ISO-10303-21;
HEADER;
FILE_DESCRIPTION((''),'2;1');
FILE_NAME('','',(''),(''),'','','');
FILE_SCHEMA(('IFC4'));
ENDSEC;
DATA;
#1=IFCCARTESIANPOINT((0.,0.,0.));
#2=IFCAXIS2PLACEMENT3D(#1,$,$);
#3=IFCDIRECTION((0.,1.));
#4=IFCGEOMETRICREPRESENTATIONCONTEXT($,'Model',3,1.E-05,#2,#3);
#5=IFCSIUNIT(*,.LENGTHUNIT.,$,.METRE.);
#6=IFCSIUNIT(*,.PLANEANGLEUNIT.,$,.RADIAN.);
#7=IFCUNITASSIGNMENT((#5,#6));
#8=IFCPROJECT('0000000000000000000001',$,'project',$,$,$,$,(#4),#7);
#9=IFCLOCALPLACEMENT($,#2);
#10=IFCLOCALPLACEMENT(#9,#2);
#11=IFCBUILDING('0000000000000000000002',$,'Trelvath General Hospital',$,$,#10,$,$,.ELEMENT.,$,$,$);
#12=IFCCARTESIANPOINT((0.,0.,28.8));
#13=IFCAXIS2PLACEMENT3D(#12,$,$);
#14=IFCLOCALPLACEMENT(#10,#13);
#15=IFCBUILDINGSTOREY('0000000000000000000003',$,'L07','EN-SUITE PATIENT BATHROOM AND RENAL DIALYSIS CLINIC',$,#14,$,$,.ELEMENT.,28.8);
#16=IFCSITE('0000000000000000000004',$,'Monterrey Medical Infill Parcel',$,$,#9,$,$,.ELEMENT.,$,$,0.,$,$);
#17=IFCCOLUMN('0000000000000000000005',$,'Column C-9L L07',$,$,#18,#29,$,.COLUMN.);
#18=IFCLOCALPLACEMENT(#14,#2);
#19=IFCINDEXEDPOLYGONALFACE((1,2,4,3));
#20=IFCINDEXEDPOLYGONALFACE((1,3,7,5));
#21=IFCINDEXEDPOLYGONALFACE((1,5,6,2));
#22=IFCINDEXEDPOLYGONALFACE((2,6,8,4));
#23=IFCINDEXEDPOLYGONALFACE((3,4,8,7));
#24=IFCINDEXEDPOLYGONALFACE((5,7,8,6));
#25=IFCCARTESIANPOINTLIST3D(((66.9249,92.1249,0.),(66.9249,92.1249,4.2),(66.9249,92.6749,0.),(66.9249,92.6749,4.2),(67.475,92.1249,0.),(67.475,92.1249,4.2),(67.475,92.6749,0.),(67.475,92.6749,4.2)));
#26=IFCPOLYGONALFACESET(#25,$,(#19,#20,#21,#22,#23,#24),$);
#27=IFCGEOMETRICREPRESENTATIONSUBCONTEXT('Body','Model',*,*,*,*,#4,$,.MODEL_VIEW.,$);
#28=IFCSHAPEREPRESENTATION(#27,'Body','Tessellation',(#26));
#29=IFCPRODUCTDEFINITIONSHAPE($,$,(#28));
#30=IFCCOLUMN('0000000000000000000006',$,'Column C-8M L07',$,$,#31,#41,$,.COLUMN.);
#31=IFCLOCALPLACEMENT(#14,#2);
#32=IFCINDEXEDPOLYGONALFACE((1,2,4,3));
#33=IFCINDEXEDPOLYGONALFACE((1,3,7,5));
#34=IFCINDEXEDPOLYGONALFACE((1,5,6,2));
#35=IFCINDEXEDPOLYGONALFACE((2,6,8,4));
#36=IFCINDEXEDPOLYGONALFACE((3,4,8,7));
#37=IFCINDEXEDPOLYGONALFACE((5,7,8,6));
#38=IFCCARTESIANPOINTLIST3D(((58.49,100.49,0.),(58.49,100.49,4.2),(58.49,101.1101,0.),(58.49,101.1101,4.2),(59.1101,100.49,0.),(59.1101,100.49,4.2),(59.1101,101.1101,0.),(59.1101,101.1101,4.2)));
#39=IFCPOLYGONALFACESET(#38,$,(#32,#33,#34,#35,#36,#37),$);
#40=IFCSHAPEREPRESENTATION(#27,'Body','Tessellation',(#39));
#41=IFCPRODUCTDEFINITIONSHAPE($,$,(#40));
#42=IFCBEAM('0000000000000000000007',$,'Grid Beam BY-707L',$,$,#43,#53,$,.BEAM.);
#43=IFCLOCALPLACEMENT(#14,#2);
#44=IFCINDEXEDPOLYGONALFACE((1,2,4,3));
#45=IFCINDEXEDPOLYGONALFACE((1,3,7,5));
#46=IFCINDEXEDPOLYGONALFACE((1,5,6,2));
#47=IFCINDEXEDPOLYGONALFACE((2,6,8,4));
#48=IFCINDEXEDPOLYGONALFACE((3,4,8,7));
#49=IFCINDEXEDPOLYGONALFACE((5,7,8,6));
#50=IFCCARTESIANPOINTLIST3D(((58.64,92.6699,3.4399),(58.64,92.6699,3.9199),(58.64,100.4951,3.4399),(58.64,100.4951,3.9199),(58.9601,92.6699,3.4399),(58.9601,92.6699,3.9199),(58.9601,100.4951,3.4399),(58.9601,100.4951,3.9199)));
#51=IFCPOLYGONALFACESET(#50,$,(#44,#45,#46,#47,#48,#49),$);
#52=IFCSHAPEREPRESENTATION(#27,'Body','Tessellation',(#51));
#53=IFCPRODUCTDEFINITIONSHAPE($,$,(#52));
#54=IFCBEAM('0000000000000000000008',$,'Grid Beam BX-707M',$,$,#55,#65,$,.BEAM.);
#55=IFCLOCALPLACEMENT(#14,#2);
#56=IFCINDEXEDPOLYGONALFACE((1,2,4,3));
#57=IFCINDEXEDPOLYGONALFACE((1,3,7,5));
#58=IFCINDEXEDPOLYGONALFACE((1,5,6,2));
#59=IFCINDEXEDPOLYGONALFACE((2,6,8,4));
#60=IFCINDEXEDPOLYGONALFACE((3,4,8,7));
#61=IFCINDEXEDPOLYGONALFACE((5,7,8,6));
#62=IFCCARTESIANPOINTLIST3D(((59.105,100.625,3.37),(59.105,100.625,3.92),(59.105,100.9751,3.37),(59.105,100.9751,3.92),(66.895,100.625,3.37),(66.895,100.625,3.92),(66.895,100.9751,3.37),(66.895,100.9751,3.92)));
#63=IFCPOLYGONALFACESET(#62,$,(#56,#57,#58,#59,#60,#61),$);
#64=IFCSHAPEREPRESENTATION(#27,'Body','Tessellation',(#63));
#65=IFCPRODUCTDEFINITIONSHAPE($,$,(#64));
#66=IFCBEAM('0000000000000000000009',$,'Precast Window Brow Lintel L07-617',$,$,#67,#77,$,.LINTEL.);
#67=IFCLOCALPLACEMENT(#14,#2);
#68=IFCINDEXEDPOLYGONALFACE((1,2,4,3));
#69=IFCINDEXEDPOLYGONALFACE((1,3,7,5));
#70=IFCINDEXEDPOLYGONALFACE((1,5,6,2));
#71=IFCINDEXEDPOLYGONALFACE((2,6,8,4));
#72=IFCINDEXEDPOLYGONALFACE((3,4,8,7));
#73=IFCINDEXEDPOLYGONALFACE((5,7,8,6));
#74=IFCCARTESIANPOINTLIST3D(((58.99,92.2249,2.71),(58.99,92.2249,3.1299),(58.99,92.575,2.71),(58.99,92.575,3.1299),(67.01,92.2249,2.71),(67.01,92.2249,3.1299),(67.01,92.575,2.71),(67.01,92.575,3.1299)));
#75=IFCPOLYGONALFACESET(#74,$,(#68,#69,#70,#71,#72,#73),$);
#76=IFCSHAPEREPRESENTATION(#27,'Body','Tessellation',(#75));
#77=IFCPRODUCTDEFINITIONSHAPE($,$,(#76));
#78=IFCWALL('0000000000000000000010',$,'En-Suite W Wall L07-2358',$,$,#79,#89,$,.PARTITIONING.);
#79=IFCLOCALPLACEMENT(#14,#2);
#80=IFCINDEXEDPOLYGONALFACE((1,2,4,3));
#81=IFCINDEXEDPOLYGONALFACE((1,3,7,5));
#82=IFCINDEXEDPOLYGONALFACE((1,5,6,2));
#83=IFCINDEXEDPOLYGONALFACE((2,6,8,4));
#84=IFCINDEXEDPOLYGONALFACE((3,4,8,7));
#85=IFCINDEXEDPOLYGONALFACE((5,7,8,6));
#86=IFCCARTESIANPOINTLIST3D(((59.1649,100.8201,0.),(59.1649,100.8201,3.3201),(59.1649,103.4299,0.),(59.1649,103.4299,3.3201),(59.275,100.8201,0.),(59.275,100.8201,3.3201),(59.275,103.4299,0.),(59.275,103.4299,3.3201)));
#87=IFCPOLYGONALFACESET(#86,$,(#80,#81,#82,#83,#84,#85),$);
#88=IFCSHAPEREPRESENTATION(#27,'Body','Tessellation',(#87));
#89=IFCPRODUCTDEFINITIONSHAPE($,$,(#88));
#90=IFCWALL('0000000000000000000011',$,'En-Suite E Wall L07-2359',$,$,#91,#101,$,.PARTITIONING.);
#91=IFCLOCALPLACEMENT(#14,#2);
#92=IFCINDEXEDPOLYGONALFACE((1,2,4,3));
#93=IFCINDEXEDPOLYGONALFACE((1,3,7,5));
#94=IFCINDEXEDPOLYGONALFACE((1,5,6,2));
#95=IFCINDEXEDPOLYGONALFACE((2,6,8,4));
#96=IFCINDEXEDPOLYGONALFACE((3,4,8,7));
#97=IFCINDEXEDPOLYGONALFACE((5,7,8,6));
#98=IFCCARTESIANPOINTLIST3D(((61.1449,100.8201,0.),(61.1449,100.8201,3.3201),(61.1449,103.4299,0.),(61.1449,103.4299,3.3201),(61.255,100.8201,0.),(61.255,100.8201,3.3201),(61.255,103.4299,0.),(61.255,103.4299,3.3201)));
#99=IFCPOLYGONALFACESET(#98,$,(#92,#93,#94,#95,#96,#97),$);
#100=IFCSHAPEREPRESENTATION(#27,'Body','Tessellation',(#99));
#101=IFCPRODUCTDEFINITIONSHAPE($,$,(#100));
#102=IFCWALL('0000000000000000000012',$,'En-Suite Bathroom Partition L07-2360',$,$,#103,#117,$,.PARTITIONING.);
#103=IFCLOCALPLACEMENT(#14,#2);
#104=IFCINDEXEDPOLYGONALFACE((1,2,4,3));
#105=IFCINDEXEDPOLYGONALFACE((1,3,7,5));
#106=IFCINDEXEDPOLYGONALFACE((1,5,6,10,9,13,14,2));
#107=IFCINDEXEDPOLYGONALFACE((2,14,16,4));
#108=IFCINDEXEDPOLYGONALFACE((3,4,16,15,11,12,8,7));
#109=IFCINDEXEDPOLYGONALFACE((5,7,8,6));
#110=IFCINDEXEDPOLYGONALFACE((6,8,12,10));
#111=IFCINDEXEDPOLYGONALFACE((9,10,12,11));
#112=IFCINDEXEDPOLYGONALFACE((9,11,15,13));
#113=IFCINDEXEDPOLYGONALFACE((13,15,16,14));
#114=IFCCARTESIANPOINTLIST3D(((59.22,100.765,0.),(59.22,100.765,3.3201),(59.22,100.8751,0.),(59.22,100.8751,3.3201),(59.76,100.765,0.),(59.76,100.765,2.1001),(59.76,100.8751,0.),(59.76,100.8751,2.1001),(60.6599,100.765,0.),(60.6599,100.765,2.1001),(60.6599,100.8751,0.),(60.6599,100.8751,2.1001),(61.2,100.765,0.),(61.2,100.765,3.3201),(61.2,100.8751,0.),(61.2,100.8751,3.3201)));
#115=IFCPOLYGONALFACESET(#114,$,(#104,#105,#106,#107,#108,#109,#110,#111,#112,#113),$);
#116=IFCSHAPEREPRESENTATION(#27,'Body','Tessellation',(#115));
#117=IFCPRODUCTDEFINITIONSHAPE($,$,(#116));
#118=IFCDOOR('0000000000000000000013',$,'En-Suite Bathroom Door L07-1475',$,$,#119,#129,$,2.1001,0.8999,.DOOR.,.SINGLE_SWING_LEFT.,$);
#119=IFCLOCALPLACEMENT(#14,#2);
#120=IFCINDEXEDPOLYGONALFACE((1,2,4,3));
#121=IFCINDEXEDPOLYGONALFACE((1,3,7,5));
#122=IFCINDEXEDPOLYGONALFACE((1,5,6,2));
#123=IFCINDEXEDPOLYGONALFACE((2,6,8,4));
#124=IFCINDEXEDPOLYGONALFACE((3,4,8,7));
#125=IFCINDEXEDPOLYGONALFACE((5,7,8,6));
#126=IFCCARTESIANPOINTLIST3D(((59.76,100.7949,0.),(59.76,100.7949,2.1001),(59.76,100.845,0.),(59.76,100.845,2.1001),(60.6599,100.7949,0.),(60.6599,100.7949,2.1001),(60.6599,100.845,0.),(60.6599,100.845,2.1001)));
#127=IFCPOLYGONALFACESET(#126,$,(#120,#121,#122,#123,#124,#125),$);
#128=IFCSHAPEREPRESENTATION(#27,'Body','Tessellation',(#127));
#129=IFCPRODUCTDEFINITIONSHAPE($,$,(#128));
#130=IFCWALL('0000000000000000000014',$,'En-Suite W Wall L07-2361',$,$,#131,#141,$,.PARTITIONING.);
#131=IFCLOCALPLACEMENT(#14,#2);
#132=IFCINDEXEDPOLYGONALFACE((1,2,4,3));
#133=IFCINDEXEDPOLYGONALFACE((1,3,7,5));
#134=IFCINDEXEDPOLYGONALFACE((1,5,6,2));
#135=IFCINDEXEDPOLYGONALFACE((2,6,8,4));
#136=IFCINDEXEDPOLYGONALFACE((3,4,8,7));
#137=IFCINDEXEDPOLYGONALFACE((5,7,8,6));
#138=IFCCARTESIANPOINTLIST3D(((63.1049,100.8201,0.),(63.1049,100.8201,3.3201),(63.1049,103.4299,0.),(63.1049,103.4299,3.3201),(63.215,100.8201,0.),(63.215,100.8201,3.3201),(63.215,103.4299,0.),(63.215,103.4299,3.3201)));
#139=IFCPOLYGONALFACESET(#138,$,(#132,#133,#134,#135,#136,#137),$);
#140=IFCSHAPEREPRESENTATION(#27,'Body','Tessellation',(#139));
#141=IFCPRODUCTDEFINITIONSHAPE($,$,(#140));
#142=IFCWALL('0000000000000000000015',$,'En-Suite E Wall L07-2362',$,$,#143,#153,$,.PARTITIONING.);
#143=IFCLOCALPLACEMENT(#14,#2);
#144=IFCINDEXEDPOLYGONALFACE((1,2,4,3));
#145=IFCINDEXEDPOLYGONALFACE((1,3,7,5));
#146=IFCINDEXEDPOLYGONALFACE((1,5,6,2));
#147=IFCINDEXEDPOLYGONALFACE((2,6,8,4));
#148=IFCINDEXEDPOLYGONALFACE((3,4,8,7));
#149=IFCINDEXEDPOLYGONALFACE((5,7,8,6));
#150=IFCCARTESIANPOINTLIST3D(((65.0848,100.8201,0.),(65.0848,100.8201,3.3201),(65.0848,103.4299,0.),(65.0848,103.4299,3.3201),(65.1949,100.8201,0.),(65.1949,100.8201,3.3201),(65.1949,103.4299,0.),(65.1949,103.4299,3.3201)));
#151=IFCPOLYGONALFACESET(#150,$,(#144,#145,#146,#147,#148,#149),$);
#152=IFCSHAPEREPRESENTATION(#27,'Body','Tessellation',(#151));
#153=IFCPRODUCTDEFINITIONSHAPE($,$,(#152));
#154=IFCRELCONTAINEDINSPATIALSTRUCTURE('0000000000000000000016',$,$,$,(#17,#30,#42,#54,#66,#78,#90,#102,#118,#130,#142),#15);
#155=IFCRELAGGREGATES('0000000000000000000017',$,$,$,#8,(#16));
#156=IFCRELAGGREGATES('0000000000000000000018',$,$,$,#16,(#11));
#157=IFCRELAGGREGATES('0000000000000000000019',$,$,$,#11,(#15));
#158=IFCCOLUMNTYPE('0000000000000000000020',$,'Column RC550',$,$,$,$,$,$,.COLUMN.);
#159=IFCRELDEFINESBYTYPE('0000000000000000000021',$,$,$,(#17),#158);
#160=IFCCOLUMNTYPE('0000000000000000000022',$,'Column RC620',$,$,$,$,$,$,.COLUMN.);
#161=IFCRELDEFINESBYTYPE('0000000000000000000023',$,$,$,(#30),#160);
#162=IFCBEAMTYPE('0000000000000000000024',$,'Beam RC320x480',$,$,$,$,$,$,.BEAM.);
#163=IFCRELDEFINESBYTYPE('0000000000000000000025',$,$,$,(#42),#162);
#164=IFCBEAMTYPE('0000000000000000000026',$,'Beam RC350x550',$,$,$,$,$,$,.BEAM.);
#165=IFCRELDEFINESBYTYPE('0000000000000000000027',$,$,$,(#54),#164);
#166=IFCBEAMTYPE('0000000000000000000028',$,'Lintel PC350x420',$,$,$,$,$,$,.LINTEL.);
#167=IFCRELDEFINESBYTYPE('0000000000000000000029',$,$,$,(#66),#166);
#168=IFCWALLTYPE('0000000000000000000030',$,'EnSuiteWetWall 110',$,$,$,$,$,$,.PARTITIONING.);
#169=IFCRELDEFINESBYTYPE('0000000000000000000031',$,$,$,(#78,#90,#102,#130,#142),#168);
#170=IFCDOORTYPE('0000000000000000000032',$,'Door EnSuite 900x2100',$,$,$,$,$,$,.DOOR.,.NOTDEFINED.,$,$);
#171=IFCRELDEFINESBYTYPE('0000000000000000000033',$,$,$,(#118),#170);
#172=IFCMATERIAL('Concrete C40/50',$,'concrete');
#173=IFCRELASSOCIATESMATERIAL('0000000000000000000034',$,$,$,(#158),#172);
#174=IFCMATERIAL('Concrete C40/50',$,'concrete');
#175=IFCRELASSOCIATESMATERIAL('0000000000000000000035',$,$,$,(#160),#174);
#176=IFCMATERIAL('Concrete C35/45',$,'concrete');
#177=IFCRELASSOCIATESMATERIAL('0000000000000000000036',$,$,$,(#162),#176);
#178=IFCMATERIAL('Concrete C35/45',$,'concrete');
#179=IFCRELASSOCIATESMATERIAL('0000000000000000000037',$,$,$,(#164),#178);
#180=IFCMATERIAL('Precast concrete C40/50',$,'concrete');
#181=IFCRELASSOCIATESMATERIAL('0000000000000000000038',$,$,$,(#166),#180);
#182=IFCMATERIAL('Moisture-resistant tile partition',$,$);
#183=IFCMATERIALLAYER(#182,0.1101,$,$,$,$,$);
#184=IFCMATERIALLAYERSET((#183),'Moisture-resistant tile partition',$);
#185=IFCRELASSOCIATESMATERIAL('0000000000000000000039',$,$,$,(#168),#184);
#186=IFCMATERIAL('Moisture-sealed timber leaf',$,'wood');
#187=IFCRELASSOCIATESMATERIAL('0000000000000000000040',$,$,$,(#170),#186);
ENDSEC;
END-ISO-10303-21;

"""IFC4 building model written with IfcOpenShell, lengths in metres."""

from ifc_helpers import new_model, si_unit, direction, frame, frame_2d, origin, origin_2d, place, context, subcontext, project, spatial, rectangle, extrude, material, layer, layer_set, material_profile, profile_set, type_object, element, fill, save


model = new_model("IFC4")

# Units and contexts
model_context = context("Model", 3, precision=1e-05, world=origin(), true_north=direction((0.0, 1.0)))
body_context = subcontext(model_context, "Body", "Model", "MODEL_VIEW")
ifc_project = project(units=[si_unit("LENGTHUNIT", "METRE"), si_unit("PLANEANGLEUNIT", "RADIAN")], contexts=[model_context])

# Site, building, storey
site_placement = place(None, origin())
site = spatial("IfcSite", under=ifc_project, at=site_placement, Name="Monterrey Medical Infill Parcel", CompositionType="ELEMENT", RefElevation=0.0)
building_placement = place(site_placement, origin())
building = spatial("IfcBuilding", under=site, at=building_placement, Name="Trelvath General Hospital", CompositionType="ELEMENT")
storey_placement = place(building_placement, frame((0.0, 0.0, 28.8)))
storey = spatial("IfcBuildingStorey", under=building, at=storey_placement, Name="L07", Description="EN-SUITE PATIENT BATHROOM AND RENAL DIALYSIS CLINIC", CompositionType="ELEMENT", Elevation=28.8)

# Columns
ifc_material_1 = material(Name="Concrete C40/50", Category="concrete")
ifc_material_profile_1 = material_profile(ifc_material_1, rectangle(XDim=0.55, YDim=0.55, at=origin_2d()), Name="RC550x550")
ifc_profile_set_1 = profile_set([ifc_material_profile_1], Name="Concrete C40/50")
column_type_1 = type_object("IfcColumnType", Name="Column RC550", PredefinedType="COLUMN", material=ifc_profile_set_1)
column_1_placement = place(storey_placement, frame((67.2, 92.3999, 0.0), z_axis=(0.0, 0.0, 1.0), x_axis=(1.0, 0.0, 0.0)))
element("IfcColumn", 1, at=column_1_placement, inside=storey, type_object=column_type_1, Name="Column C-9L L07", PredefinedType="COLUMN", context=body_context, shape_type="SweptSolid", body=[
    extrude(rectangle(XDim=0.55, YDim=0.55, at=origin_2d()), origin(), (0.0, 0.0, 1.0), 4.2),
])
ifc_material_2 = material(Name="Concrete C40/50", Category="concrete")
ifc_material_profile_2 = material_profile(ifc_material_2, rectangle(XDim=0.6201, YDim=0.6201, at=origin_2d()), Name="RC620x620")
ifc_profile_set_2 = profile_set([ifc_material_profile_2], Name="Concrete C40/50")
column_type_2 = type_object("IfcColumnType", Name="Column RC620", PredefinedType="COLUMN", material=ifc_profile_set_2)
column_2_placement = place(storey_placement, frame((58.8, 100.8, 0.0), z_axis=(0.0, 0.0, 1.0), x_axis=(1.0, 0.0, 0.0)))
element("IfcColumn", 2, at=column_2_placement, inside=storey, type_object=column_type_2, Name="Column C-8M L07", PredefinedType="COLUMN", context=body_context, shape_type="SweptSolid", body=[
    extrude(rectangle(XDim=0.6201, YDim=0.6201, at=origin_2d()), origin(), (0.0, 0.0, 1.0), 4.2),
])

# Beams
ifc_material_3 = material(Name="Concrete C35/45", Category="concrete")
ifc_material_profile_3 = material_profile(ifc_material_3, rectangle(XDim=0.3201, YDim=0.48, at=origin_2d()), Name="RCB320x480")
ifc_profile_set_3 = profile_set([ifc_material_profile_3], Name="Concrete C35/45")
beam_type_1 = type_object("IfcBeamType", Name="Beam RC320x480", PredefinedType="BEAM", material=ifc_profile_set_3)
beam_1_placement = place(storey_placement, frame((58.8, 92.6699, 3.6799), z_axis=(0.0, 1.0, 0.0), x_axis=(-1.0, 0.0, 0.0)))
element("IfcBeam", 3, at=beam_1_placement, inside=storey, type_object=beam_type_1, Name="Grid Beam BY-707L", PredefinedType="BEAM", context=body_context, shape_type="SweptSolid", body=[
    extrude(rectangle(XDim=0.3201, YDim=0.48, at=origin_2d()), origin(), (0.0, 0.0, 1.0), 7.8252),
])
ifc_material_4 = material(Name="Concrete C35/45", Category="concrete")
ifc_material_profile_4 = material_profile(ifc_material_4, rectangle(XDim=0.3501, YDim=0.55, at=origin_2d()), Name="RCB350x550")
ifc_profile_set_4 = profile_set([ifc_material_profile_4], Name="Concrete C35/45")
beam_type_2 = type_object("IfcBeamType", Name="Beam RC350x550", PredefinedType="BEAM", material=ifc_profile_set_4)
beam_2_placement = place(storey_placement, frame((59.105, 100.8, 3.645), z_axis=(1.0, 0.0, 0.0), x_axis=(0.0, 1.0, 0.0)))
element("IfcBeam", 4, at=beam_2_placement, inside=storey, type_object=beam_type_2, Name="Grid Beam BX-707M", PredefinedType="BEAM", context=body_context, shape_type="SweptSolid", body=[
    extrude(rectangle(XDim=0.3501, YDim=0.55, at=origin_2d()), origin(), (0.0, 0.0, 1.0), 7.79),
])
ifc_material_5 = material(Name="Precast concrete C40/50", Category="concrete")
ifc_material_profile_5 = material_profile(ifc_material_5, rectangle(XDim=0.3501, YDim=0.4199, at=origin_2d()), Name="PCL350x420")
ifc_profile_set_5 = profile_set([ifc_material_profile_5], Name="Precast concrete C40/50")
beam_type_3 = type_object("IfcBeamType", Name="Lintel PC350x420", PredefinedType="LINTEL", material=ifc_profile_set_5)
beam_3_placement = place(storey_placement, frame((67.01, 92.3999, 2.9199), z_axis=(-1.0, 0.0, 0.0), x_axis=(0.0, -1.0, 0.0)))
element("IfcBeam", 5, at=beam_3_placement, inside=storey, type_object=beam_type_3, Name="Precast Window Brow Lintel L07-617", PredefinedType="LINTEL", context=body_context, shape_type="SweptSolid", body=[
    extrude(rectangle(XDim=0.3501, YDim=0.4199, at=origin_2d()), origin(), (0.0, 0.0, 1.0), 8.02),
])

# Walls
ifc_material_6 = material(Name="Moisture-resistant tile partition")
ifc_layer_1 = layer(ifc_material_6, 0.1101)
ifc_layer_set_1 = layer_set([ifc_layer_1], Name="Moisture-resistant tile partition")
wall_type_1 = type_object("IfcWallType", Name="EnSuiteWetWall 110", PredefinedType="PARTITIONING", material=ifc_layer_set_1)
for number, where, z_axis, x_axis, name in (
    (6, (59.22, 100.8201, 0.0), (0.0, 0.0, 1.0), (0.0, 1.0, 0.0), "En-Suite W Wall L07-2358"),
    (7, (61.2, 100.8201, 0.0), (0.0, 0.0, 1.0), (0.0, 1.0, 0.0), "En-Suite E Wall L07-2359"),
):
    element("IfcWall", number, at=place(storey_placement, frame(where, z_axis=z_axis, x_axis=x_axis)), inside=storey, type_object=wall_type_1, Name=name, PredefinedType="PARTITIONING", context=body_context, shape_type="SweptSolid", body=[
        extrude(rectangle(XDim=2.6099, YDim=0.1101, at=frame_2d((1.3049, 0.0))), origin(), (0.0, 0.0, 1.0), 3.3201),
    ])

# Wall, opening, door
wall_1_placement = place(storey_placement, frame((59.22, 100.8201, 0.0), z_axis=(0.0, 0.0, 1.0), x_axis=(1.0, 0.0, 0.0)))
wall_1 = element("IfcWall", 8, at=wall_1_placement, inside=storey, type_object=wall_type_1, Name="En-Suite Bathroom Partition L07-2360", PredefinedType="PARTITIONING", context=body_context, shape_type="SweptSolid", body=[
    extrude(rectangle(XDim=1.98, YDim=0.1101, at=frame_2d((0.99, 0.0))), origin(), (0.0, 0.0, 1.0), 3.3201),
])
opening_1_placement = place(wall_1_placement, frame((0.54, 0.0, 0.0)))
opening_1 = element("IfcOpeningElement", 9, at=opening_1_placement, cuts=wall_1, PredefinedType="OPENING", context=body_context, shape_type="SweptSolid", body=[
    extrude(rectangle(XDim=0.8999, YDim=2.1001, at=frame_2d((0.45, 1.05))), frame((0.0, 0.0649, 0.0), z_axis=(0.0, -1.0, 0.0), x_axis=(1.0, 0.0, 0.0)), (0.0, 0.0, 1.0), 0.1301),
])
ifc_material_7 = material(Name="Moisture-sealed timber leaf", Category="wood")
door_type = type_object("IfcDoorType", Name="Door EnSuite 900x2100", OperationType="NOTDEFINED", PredefinedType="DOOR", material=ifc_material_7)
door_1_placement = place(opening_1_placement, origin())
door_1 = element("IfcDoor", 10, at=door_1_placement, inside=storey, type_object=door_type, Name="En-Suite Bathroom Door L07-1475", OperationType="SINGLE_SWING_LEFT", OverallHeight=2.1001, OverallWidth=0.8999, PredefinedType="DOOR", context=body_context, shape_type="SweptSolid", body=[
    extrude(rectangle(XDim=0.8999, YDim=2.1001, at=frame_2d((0.45, 1.05))), frame((0.0, 0.0249, 0.0), z_axis=(0.0, -1.0, 0.0), x_axis=(1.0, 0.0, 0.0)), (0.0, 0.0, 1.0), 0.05),
])
fill(opening_1, door_1)

# Walls
for number, where, z_axis, x_axis, name in (
    (11, (63.1599, 100.8201, 0.0), (0.0, 0.0, 1.0), (0.0, 1.0, 0.0), "En-Suite W Wall L07-2361"),
    (12, (65.1399, 100.8201, 0.0), (0.0, 0.0, 1.0), (0.0, 1.0, 0.0), "En-Suite E Wall L07-2362"),
):
    element("IfcWall", number, at=place(storey_placement, frame(where, z_axis=z_axis, x_axis=x_axis)), inside=storey, type_object=wall_type_1, Name=name, PredefinedType="PARTITIONING", context=body_context, shape_type="SweptSolid", body=[
        extrude(rectangle(XDim=2.6099, YDim=0.1101, at=frame_2d((1.3049, 0.0))), origin(), (0.0, 0.0, 1.0), 3.3201),
    ])

save(model, "model.ifc")
